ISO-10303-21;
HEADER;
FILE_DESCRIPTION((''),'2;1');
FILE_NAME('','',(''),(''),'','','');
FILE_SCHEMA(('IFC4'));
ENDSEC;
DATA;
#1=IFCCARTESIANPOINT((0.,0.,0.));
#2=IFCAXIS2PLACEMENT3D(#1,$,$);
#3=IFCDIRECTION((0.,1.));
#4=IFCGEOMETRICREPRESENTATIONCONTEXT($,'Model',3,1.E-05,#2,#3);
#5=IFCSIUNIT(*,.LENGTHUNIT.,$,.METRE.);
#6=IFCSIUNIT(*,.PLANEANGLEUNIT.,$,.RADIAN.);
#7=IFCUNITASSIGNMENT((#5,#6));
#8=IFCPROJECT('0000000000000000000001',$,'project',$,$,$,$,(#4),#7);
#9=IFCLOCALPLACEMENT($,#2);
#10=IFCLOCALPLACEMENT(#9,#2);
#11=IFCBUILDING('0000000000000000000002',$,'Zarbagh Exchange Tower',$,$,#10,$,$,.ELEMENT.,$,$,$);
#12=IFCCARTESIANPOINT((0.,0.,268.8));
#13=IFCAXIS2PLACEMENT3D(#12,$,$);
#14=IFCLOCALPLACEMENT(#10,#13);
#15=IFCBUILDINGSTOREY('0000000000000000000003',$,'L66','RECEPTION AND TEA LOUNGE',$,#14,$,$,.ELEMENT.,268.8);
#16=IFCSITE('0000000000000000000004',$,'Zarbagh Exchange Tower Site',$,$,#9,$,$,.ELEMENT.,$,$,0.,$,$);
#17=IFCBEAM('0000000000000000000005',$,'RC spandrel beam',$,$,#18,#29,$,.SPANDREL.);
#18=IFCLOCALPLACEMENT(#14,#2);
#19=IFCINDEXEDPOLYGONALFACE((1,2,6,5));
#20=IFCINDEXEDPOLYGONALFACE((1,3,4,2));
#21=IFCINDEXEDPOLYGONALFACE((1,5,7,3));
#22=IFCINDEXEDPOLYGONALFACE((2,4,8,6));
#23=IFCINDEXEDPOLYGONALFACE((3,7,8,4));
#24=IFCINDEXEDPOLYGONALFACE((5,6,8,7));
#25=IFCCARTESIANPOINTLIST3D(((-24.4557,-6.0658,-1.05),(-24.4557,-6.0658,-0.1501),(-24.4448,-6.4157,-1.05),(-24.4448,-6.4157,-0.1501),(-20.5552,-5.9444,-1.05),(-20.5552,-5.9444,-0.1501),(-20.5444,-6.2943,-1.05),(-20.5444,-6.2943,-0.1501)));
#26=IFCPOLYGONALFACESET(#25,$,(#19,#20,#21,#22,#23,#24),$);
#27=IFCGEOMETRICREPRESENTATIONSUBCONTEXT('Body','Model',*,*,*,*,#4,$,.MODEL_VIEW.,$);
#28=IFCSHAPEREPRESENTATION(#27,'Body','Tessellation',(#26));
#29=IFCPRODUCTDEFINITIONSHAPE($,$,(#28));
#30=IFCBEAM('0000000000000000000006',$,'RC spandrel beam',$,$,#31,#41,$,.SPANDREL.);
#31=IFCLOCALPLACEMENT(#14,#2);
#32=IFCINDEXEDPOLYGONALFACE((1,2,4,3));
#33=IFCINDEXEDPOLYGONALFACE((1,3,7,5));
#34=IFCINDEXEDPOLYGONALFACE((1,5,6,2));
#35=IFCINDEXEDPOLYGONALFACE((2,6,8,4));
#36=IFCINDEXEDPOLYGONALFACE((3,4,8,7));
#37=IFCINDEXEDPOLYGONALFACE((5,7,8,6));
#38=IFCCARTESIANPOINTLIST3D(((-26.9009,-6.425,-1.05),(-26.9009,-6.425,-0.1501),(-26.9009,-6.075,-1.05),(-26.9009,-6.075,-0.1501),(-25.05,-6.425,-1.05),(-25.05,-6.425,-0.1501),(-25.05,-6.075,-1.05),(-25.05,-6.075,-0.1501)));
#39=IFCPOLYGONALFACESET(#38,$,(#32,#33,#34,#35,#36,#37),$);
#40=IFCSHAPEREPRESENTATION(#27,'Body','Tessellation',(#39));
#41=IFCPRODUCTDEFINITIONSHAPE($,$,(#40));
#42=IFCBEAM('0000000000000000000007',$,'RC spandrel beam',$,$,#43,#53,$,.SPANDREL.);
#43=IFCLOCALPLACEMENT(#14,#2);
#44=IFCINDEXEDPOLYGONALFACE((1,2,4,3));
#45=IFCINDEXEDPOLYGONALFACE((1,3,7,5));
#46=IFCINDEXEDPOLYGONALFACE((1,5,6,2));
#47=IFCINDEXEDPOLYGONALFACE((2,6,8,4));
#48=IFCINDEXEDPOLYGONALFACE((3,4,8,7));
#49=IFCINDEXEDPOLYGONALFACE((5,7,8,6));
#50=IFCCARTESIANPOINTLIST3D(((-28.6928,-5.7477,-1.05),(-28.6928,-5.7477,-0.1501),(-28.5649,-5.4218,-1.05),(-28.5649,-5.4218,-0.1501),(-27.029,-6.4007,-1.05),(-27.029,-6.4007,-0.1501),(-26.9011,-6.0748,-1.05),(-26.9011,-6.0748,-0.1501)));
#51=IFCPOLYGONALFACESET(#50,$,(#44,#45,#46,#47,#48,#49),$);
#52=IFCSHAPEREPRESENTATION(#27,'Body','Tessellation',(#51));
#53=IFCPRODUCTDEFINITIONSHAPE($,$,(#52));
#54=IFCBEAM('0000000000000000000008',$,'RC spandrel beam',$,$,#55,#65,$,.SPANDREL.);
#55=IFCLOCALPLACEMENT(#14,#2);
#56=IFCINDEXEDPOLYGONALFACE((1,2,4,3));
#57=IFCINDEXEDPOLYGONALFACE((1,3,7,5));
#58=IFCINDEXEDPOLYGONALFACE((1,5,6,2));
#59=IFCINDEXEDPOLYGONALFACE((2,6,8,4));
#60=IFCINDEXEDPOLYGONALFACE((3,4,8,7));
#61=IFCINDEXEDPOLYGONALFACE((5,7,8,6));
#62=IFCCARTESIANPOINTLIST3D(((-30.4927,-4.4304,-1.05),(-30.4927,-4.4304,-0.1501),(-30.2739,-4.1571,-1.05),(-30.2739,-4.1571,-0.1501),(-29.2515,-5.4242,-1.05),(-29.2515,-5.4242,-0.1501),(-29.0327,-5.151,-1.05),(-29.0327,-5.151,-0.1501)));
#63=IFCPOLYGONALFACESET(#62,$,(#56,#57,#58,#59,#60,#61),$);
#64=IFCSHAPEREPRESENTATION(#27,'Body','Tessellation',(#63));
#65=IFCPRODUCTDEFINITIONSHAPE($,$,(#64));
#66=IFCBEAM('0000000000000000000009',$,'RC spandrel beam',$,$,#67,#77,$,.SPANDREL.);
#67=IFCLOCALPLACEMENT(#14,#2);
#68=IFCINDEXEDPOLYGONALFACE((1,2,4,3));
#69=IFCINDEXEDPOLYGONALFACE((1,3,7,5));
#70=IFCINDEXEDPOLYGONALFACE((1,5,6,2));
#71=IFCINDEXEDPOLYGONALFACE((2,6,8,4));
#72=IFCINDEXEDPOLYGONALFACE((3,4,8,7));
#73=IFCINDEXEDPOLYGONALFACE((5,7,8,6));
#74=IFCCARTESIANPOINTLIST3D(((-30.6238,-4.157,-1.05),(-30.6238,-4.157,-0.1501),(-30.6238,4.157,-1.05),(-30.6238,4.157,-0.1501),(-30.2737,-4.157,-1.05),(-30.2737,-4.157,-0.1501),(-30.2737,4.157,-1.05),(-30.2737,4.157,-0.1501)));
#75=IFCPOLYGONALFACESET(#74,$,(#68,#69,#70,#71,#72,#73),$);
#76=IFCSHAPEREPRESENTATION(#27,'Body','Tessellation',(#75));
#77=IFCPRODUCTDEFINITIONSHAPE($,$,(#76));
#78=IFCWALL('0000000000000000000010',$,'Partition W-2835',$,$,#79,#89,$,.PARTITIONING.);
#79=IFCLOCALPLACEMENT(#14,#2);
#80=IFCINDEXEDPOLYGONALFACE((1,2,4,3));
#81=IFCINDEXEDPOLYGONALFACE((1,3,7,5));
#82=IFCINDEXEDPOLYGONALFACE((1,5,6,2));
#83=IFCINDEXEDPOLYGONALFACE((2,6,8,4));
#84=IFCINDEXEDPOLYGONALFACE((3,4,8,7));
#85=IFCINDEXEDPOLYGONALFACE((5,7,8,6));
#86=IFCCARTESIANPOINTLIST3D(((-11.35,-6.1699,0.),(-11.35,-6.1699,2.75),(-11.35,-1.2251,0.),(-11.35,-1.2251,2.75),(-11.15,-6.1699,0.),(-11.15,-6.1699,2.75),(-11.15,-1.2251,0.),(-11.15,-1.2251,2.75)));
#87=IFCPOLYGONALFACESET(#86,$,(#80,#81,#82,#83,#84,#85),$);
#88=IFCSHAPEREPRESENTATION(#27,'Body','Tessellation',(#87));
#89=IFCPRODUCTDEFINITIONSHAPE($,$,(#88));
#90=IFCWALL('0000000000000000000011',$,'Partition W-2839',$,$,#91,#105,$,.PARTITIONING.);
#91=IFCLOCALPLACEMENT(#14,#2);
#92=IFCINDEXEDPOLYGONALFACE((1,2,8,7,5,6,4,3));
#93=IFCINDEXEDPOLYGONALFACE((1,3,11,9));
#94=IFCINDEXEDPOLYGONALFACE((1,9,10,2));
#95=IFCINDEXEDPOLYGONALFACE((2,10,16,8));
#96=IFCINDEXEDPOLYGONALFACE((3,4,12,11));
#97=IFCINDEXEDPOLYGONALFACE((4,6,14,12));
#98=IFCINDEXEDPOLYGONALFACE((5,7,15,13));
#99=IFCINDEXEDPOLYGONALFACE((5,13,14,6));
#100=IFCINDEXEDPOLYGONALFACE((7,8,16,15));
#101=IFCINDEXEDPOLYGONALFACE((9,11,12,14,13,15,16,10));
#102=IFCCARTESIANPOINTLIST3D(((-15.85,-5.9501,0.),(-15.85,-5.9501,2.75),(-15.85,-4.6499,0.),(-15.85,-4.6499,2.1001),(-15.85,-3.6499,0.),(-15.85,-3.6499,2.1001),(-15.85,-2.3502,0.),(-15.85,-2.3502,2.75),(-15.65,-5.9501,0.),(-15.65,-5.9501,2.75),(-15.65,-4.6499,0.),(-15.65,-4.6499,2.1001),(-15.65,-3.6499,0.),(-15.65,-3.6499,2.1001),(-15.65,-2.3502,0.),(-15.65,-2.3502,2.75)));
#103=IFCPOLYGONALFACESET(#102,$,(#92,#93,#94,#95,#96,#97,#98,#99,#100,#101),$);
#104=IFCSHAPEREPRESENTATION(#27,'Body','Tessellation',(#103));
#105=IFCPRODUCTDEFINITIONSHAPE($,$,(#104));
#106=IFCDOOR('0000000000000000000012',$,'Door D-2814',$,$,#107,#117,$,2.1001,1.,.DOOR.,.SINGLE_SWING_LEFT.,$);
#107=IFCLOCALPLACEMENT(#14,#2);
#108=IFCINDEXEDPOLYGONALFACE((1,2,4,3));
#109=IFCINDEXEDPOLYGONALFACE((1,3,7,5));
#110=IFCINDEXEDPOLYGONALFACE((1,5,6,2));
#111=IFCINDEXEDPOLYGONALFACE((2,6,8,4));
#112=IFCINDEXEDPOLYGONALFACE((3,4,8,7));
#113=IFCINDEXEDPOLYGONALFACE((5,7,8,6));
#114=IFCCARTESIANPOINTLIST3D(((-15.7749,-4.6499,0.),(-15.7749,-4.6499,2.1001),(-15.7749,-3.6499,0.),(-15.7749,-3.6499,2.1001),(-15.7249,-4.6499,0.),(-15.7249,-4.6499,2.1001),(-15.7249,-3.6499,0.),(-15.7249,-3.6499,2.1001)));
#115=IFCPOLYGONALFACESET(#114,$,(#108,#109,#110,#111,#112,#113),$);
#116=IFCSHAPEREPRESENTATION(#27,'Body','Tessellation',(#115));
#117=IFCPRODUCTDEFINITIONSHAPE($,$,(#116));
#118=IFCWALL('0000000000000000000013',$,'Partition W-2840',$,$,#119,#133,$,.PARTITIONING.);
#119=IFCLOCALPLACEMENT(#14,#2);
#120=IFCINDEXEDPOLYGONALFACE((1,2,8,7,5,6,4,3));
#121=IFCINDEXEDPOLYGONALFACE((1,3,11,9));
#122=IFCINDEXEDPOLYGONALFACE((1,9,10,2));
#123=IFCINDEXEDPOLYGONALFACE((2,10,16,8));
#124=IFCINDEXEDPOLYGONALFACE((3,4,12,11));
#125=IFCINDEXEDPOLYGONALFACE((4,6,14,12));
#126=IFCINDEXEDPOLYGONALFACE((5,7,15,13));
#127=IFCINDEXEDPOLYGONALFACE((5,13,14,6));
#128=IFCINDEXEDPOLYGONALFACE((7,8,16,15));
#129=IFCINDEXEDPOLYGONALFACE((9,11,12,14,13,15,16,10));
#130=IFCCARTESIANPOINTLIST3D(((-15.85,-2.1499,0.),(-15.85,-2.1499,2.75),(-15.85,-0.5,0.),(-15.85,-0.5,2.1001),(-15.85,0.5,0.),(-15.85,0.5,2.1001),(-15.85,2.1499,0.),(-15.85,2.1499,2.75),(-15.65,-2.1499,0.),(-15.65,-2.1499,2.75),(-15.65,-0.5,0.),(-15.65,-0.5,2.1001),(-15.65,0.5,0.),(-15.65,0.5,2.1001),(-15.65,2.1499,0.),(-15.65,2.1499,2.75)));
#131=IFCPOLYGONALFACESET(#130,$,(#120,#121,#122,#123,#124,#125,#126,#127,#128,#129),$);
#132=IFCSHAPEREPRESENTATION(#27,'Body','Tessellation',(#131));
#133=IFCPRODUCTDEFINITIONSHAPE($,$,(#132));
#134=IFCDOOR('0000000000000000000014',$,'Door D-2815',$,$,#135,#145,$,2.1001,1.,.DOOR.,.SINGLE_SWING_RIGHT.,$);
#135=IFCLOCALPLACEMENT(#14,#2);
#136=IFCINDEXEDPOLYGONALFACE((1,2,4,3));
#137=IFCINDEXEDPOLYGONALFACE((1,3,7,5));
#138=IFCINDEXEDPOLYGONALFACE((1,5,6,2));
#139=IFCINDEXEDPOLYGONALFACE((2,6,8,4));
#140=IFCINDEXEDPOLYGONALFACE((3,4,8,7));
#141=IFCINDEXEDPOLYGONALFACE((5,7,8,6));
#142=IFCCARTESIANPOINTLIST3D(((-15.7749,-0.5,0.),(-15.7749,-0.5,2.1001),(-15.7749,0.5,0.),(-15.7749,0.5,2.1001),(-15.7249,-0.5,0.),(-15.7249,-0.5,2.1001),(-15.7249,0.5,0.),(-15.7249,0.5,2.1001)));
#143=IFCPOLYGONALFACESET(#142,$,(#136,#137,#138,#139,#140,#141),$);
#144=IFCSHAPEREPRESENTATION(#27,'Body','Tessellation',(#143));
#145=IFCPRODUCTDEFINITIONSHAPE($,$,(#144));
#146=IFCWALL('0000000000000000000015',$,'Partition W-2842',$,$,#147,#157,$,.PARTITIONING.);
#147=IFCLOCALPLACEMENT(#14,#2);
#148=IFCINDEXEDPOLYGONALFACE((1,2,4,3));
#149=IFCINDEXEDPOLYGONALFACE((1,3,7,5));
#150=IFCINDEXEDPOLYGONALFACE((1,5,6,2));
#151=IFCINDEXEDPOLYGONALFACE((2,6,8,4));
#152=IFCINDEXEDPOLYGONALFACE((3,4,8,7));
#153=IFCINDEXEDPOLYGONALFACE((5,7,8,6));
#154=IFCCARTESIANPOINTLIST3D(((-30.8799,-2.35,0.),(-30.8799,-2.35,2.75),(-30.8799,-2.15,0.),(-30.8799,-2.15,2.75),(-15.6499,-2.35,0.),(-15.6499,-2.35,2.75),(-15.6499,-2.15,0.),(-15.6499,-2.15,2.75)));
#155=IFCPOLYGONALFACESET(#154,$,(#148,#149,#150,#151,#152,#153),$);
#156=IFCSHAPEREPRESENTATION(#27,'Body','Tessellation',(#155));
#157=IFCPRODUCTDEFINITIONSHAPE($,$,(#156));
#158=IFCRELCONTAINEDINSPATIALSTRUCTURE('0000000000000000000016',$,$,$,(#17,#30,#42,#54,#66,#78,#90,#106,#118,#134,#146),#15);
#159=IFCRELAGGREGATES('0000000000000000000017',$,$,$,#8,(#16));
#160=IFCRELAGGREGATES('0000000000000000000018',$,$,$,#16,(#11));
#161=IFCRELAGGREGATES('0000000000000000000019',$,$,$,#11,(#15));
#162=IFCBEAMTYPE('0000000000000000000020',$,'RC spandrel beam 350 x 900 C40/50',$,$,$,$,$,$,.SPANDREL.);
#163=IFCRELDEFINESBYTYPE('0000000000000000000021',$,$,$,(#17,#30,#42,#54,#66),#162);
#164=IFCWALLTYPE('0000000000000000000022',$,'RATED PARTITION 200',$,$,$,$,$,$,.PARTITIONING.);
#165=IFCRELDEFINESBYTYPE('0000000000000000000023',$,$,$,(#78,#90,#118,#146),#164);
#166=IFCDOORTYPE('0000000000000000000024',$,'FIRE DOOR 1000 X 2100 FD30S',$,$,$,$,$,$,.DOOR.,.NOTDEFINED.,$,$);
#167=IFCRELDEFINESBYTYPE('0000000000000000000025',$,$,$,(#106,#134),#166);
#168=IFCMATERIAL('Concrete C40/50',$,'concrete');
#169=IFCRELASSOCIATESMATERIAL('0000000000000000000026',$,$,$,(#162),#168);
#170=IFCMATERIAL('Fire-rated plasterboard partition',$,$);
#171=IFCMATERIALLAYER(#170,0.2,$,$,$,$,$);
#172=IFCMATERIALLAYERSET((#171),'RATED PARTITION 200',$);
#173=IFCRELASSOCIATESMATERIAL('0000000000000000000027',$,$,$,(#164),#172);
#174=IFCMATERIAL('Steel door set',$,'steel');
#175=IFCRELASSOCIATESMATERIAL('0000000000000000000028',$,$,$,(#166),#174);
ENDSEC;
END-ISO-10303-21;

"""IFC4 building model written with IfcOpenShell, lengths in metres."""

from ifc_helpers import new_model, si_unit, direction, frame, frame_2d, origin, origin_2d, place, context, subcontext, project, spatial, rectangle, extrude, material, layer, layer_set, material_profile, profile_set, type_object, element, fill, save


model = new_model("IFC4")

# Units and contexts
model_context = context("Model", 3, precision=1e-05, world=origin(), true_north=direction((0.0, 1.0)))
body_context = subcontext(model_context, "Body", "Model", "MODEL_VIEW")
ifc_project = project(units=[si_unit("LENGTHUNIT", "METRE"), si_unit("PLANEANGLEUNIT", "RADIAN")], contexts=[model_context])

# Site, building, storey
site_placement = place(None, origin())
site = spatial("IfcSite", under=ifc_project, at=site_placement, Name="Zarbagh Exchange Tower Site", CompositionType="ELEMENT", RefElevation=0.0)
building_placement = place(site_placement, origin())
building = spatial("IfcBuilding", under=site, at=building_placement, Name="Zarbagh Exchange Tower", CompositionType="ELEMENT")
storey_placement = place(building_placement, frame((0.0, 0.0, 268.8)))
storey = spatial("IfcBuildingStorey", under=building, at=storey_placement, Name="L66", Description="RECEPTION AND TEA LOUNGE", CompositionType="ELEMENT", Elevation=268.8)

# Shared definitions
ifc_material_1 = material(Name="Concrete C40/50", Category="concrete")

# Beams
ifc_material_profile_1 = material_profile(ifc_material_1, rectangle(XDim=0.3501, YDim=0.8999, at=origin_2d()), Name="RC spandrel beam 350 x 900 C40/50")
ifc_profile_set_1 = profile_set([ifc_material_profile_1], Name="Concrete C40/50")
beam_type_1 = type_object("IfcBeamType", Name="RC spandrel beam 350 x 900 C40/50", PredefinedType="SPANDREL", material=ifc_profile_set_1)
for number, where, z_axis, x_axis, name in (
    (1, (-20.5498, -6.1194, -0.6001), (-0.999516, -0.031094, 0.0), (0.031094, -0.999516, 0.0), "RC spandrel beam"),
):
    element("IfcBeam", number, at=place(storey_placement, frame(where, z_axis=z_axis, x_axis=x_axis)), inside=storey, type_object=beam_type_1, Name=name, PredefinedType="SPANDREL", context=body_context, shape_type="SweptSolid", body=[
        extrude(rectangle(XDim=0.3501, YDim=0.8999, at=origin_2d()), origin(), (0.0, 0.0, 1.0), 3.9023),
    ])
beam_1_placement = place(storey_placement, frame((-25.05, -6.25, -0.6001), z_axis=(-1.0, 0.0, 0.0), x_axis=(0.0, -1.0, 0.0)))
element("IfcBeam", 2, at=beam_1_placement, inside=storey, type_object=beam_type_1, Name="RC spandrel beam", PredefinedType="SPANDREL", context=body_context, shape_type="SweptSolid", body=[
    extrude(rectangle(XDim=0.3501, YDim=0.8999, at=origin_2d()), origin(), (0.0, 0.0, 1.0), 1.8508),
])
beam_2_placement = place(storey_placement, frame((-26.9651, -6.2378, -0.6001), z_axis=(-0.930859, 0.365378, 0.0), x_axis=(-0.365378, -0.930859, 0.0)))
element("IfcBeam", 3, at=beam_2_placement, inside=storey, type_object=beam_type_1, Name="RC spandrel beam", PredefinedType="SPANDREL", context=body_context, shape_type="SweptSolid", body=[
    extrude(rectangle(XDim=0.3501, YDim=0.8999, at=origin_2d()), origin(), (0.0, 0.0, 1.0), 1.7874),
])
beam_3_placement = place(storey_placement, frame((-29.1421, -5.2876, -0.6001), z_axis=(-0.780584, 0.625051, 0.0), x_axis=(-0.625051, -0.780584, 0.0)))
element("IfcBeam", 4, at=beam_3_placement, inside=storey, type_object=beam_type_1, Name="RC spandrel beam", PredefinedType="SPANDREL", context=body_context, shape_type="SweptSolid", body=[
    extrude(rectangle(XDim=0.3501, YDim=0.8999, at=origin_2d()), origin(), (0.0, 0.0, 1.0), 1.5901),
])
beam_4_placement = place(storey_placement, frame((-30.4487, -4.157, -0.6001), z_axis=(0.0, 1.0, 0.0), x_axis=(-1.0, 0.0, 0.0)))
element("IfcBeam", 5, at=beam_4_placement, inside=storey, type_object=beam_type_1, Name="RC spandrel beam", PredefinedType="SPANDREL", context=body_context, shape_type="SweptSolid", body=[
    extrude(rectangle(XDim=0.3501, YDim=0.8999, at=origin_2d()), origin(), (0.0, 0.0, 1.0), 8.314),
])

# Wall
ifc_material_2 = material(Name="Fire-rated plasterboard partition")
ifc_layer = layer(ifc_material_2, 0.2)
ifc_layer_set = layer_set([ifc_layer], Name="RATED PARTITION 200")
wall_type = type_object("IfcWallType", Name="RATED PARTITION 200", PredefinedType="PARTITIONING", material=ifc_layer_set)
wall_1_placement = place(storey_placement, frame((-11.25, -6.1699, 0.0), z_axis=(0.0, 0.0, 1.0), x_axis=(0.0, 1.0, 0.0)))
element("IfcWall", 6, at=wall_1_placement, inside=storey, type_object=wall_type, Name="Partition W-2835", PredefinedType="PARTITIONING", context=body_context, shape_type="SweptSolid", body=[
    extrude(rectangle(XDim=4.9448, YDim=0.2, at=frame_2d((2.4724, 0.0))), origin(), (0.0, 0.0, 1.0), 2.75),
])

# Walls, openings, doors
wall_2_placement = place(storey_placement, frame((-15.75, -5.95, 0.0), z_axis=(0.0, 0.0, 1.0), x_axis=(0.0, 1.0, 0.0)))
wall_2 = element("IfcWall", 7, at=wall_2_placement, inside=storey, type_object=wall_type, Name="Partition W-2839", PredefinedType="PARTITIONING", context=body_context, shape_type="SweptSolid", body=[
    extrude(rectangle(XDim=3.5999, YDim=0.2, at=frame_2d((1.7998, 0.0))), origin(), (0.0, 0.0, 1.0), 2.75),
])
opening_1_placement = place(wall_2_placement, frame((1.3, 0.0, 0.0)))
opening_1 = element("IfcOpeningElement", 8, at=opening_1_placement, cuts=wall_2, PredefinedType="OPENING", context=body_context, shape_type="SweptSolid", body=[
    extrude(rectangle(XDim=1.0, YDim=2.1001, at=frame_2d((0.5, 1.05))), frame((0.0, 0.1099, 0.0), z_axis=(0.0, -1.0, 0.0), x_axis=(1.0, 0.0, 0.0)), (0.0, 0.0, 1.0), 0.22),
])
ifc_material_3 = material(Name="Steel door set", Category="steel")
door_type = type_object("IfcDoorType", Name="FIRE DOOR 1000 X 2100 FD30S", OperationType="NOTDEFINED", PredefinedType="DOOR", material=ifc_material_3)
door_1_placement = place(opening_1_placement, origin())
door_1 = element("IfcDoor", 9, at=door_1_placement, inside=storey, type_object=door_type, Name="Door D-2814", OperationType="SINGLE_SWING_LEFT", OverallHeight=2.1001, OverallWidth=1.0, PredefinedType="DOOR", context=body_context, shape_type="SweptSolid", body=[
    extrude(rectangle(XDim=1.0, YDim=2.1001, at=frame_2d((0.5, 1.05))), frame((0.0, 0.0249, 0.0), z_axis=(0.0, -1.0, 0.0), x_axis=(1.0, 0.0, 0.0)), (0.0, 0.0, 1.0), 0.05),
])
fill(opening_1, door_1)
wall_3_placement = place(storey_placement, frame((-15.75, -2.1499, 0.0), z_axis=(0.0, 0.0, 1.0), x_axis=(0.0, 1.0, 0.0)))
wall_3 = element("IfcWall", 10, at=wall_3_placement, inside=storey, type_object=wall_type, Name="Partition W-2840", PredefinedType="PARTITIONING", context=body_context, shape_type="SweptSolid", body=[
    extrude(rectangle(XDim=4.2998, YDim=0.2, at=frame_2d((2.1499, 0.0))), origin(), (0.0, 0.0, 1.0), 2.75),
])
opening_2_placement = place(wall_3_placement, frame((1.6499, 0.0, 0.0)))
opening_2 = element("IfcOpeningElement", 11, at=opening_2_placement, cuts=wall_3, PredefinedType="OPENING", context=body_context, shape_type="SweptSolid", body=[
    extrude(rectangle(XDim=1.0, YDim=2.1001, at=frame_2d((0.5, 1.05))), frame((0.0, 0.1099, 0.0), z_axis=(0.0, -1.0, 0.0), x_axis=(1.0, 0.0, 0.0)), (0.0, 0.0, 1.0), 0.22),
])
door_2_placement = place(opening_2_placement, origin())
door_2 = element("IfcDoor", 12, at=door_2_placement, inside=storey, type_object=door_type, Name="Door D-2815", OperationType="SINGLE_SWING_RIGHT", OverallHeight=2.1001, OverallWidth=1.0, PredefinedType="DOOR", context=body_context, shape_type="SweptSolid", body=[
    extrude(rectangle(XDim=1.0, YDim=2.1001, at=frame_2d((0.5, 1.05))), frame((0.0, 0.0249, 0.0), z_axis=(0.0, -1.0, 0.0), x_axis=(1.0, 0.0, 0.0)), (0.0, 0.0, 1.0), 0.05),
])
fill(opening_2, door_2)

# Wall
wall_4_placement = place(storey_placement, frame((-30.8799, -2.25, 0.0), z_axis=(0.0, 0.0, 1.0), x_axis=(1.0, 0.0, 0.0)))
element("IfcWall", 13, at=wall_4_placement, inside=storey, type_object=wall_type, Name="Partition W-2842", PredefinedType="PARTITIONING", context=body_context, shape_type="SweptSolid", body=[
    extrude(rectangle(XDim=15.23, YDim=0.2, at=frame_2d((7.615, 0.0))), origin(), (0.0, 0.0, 1.0), 2.75),
])

save(model, "model.ifc")
